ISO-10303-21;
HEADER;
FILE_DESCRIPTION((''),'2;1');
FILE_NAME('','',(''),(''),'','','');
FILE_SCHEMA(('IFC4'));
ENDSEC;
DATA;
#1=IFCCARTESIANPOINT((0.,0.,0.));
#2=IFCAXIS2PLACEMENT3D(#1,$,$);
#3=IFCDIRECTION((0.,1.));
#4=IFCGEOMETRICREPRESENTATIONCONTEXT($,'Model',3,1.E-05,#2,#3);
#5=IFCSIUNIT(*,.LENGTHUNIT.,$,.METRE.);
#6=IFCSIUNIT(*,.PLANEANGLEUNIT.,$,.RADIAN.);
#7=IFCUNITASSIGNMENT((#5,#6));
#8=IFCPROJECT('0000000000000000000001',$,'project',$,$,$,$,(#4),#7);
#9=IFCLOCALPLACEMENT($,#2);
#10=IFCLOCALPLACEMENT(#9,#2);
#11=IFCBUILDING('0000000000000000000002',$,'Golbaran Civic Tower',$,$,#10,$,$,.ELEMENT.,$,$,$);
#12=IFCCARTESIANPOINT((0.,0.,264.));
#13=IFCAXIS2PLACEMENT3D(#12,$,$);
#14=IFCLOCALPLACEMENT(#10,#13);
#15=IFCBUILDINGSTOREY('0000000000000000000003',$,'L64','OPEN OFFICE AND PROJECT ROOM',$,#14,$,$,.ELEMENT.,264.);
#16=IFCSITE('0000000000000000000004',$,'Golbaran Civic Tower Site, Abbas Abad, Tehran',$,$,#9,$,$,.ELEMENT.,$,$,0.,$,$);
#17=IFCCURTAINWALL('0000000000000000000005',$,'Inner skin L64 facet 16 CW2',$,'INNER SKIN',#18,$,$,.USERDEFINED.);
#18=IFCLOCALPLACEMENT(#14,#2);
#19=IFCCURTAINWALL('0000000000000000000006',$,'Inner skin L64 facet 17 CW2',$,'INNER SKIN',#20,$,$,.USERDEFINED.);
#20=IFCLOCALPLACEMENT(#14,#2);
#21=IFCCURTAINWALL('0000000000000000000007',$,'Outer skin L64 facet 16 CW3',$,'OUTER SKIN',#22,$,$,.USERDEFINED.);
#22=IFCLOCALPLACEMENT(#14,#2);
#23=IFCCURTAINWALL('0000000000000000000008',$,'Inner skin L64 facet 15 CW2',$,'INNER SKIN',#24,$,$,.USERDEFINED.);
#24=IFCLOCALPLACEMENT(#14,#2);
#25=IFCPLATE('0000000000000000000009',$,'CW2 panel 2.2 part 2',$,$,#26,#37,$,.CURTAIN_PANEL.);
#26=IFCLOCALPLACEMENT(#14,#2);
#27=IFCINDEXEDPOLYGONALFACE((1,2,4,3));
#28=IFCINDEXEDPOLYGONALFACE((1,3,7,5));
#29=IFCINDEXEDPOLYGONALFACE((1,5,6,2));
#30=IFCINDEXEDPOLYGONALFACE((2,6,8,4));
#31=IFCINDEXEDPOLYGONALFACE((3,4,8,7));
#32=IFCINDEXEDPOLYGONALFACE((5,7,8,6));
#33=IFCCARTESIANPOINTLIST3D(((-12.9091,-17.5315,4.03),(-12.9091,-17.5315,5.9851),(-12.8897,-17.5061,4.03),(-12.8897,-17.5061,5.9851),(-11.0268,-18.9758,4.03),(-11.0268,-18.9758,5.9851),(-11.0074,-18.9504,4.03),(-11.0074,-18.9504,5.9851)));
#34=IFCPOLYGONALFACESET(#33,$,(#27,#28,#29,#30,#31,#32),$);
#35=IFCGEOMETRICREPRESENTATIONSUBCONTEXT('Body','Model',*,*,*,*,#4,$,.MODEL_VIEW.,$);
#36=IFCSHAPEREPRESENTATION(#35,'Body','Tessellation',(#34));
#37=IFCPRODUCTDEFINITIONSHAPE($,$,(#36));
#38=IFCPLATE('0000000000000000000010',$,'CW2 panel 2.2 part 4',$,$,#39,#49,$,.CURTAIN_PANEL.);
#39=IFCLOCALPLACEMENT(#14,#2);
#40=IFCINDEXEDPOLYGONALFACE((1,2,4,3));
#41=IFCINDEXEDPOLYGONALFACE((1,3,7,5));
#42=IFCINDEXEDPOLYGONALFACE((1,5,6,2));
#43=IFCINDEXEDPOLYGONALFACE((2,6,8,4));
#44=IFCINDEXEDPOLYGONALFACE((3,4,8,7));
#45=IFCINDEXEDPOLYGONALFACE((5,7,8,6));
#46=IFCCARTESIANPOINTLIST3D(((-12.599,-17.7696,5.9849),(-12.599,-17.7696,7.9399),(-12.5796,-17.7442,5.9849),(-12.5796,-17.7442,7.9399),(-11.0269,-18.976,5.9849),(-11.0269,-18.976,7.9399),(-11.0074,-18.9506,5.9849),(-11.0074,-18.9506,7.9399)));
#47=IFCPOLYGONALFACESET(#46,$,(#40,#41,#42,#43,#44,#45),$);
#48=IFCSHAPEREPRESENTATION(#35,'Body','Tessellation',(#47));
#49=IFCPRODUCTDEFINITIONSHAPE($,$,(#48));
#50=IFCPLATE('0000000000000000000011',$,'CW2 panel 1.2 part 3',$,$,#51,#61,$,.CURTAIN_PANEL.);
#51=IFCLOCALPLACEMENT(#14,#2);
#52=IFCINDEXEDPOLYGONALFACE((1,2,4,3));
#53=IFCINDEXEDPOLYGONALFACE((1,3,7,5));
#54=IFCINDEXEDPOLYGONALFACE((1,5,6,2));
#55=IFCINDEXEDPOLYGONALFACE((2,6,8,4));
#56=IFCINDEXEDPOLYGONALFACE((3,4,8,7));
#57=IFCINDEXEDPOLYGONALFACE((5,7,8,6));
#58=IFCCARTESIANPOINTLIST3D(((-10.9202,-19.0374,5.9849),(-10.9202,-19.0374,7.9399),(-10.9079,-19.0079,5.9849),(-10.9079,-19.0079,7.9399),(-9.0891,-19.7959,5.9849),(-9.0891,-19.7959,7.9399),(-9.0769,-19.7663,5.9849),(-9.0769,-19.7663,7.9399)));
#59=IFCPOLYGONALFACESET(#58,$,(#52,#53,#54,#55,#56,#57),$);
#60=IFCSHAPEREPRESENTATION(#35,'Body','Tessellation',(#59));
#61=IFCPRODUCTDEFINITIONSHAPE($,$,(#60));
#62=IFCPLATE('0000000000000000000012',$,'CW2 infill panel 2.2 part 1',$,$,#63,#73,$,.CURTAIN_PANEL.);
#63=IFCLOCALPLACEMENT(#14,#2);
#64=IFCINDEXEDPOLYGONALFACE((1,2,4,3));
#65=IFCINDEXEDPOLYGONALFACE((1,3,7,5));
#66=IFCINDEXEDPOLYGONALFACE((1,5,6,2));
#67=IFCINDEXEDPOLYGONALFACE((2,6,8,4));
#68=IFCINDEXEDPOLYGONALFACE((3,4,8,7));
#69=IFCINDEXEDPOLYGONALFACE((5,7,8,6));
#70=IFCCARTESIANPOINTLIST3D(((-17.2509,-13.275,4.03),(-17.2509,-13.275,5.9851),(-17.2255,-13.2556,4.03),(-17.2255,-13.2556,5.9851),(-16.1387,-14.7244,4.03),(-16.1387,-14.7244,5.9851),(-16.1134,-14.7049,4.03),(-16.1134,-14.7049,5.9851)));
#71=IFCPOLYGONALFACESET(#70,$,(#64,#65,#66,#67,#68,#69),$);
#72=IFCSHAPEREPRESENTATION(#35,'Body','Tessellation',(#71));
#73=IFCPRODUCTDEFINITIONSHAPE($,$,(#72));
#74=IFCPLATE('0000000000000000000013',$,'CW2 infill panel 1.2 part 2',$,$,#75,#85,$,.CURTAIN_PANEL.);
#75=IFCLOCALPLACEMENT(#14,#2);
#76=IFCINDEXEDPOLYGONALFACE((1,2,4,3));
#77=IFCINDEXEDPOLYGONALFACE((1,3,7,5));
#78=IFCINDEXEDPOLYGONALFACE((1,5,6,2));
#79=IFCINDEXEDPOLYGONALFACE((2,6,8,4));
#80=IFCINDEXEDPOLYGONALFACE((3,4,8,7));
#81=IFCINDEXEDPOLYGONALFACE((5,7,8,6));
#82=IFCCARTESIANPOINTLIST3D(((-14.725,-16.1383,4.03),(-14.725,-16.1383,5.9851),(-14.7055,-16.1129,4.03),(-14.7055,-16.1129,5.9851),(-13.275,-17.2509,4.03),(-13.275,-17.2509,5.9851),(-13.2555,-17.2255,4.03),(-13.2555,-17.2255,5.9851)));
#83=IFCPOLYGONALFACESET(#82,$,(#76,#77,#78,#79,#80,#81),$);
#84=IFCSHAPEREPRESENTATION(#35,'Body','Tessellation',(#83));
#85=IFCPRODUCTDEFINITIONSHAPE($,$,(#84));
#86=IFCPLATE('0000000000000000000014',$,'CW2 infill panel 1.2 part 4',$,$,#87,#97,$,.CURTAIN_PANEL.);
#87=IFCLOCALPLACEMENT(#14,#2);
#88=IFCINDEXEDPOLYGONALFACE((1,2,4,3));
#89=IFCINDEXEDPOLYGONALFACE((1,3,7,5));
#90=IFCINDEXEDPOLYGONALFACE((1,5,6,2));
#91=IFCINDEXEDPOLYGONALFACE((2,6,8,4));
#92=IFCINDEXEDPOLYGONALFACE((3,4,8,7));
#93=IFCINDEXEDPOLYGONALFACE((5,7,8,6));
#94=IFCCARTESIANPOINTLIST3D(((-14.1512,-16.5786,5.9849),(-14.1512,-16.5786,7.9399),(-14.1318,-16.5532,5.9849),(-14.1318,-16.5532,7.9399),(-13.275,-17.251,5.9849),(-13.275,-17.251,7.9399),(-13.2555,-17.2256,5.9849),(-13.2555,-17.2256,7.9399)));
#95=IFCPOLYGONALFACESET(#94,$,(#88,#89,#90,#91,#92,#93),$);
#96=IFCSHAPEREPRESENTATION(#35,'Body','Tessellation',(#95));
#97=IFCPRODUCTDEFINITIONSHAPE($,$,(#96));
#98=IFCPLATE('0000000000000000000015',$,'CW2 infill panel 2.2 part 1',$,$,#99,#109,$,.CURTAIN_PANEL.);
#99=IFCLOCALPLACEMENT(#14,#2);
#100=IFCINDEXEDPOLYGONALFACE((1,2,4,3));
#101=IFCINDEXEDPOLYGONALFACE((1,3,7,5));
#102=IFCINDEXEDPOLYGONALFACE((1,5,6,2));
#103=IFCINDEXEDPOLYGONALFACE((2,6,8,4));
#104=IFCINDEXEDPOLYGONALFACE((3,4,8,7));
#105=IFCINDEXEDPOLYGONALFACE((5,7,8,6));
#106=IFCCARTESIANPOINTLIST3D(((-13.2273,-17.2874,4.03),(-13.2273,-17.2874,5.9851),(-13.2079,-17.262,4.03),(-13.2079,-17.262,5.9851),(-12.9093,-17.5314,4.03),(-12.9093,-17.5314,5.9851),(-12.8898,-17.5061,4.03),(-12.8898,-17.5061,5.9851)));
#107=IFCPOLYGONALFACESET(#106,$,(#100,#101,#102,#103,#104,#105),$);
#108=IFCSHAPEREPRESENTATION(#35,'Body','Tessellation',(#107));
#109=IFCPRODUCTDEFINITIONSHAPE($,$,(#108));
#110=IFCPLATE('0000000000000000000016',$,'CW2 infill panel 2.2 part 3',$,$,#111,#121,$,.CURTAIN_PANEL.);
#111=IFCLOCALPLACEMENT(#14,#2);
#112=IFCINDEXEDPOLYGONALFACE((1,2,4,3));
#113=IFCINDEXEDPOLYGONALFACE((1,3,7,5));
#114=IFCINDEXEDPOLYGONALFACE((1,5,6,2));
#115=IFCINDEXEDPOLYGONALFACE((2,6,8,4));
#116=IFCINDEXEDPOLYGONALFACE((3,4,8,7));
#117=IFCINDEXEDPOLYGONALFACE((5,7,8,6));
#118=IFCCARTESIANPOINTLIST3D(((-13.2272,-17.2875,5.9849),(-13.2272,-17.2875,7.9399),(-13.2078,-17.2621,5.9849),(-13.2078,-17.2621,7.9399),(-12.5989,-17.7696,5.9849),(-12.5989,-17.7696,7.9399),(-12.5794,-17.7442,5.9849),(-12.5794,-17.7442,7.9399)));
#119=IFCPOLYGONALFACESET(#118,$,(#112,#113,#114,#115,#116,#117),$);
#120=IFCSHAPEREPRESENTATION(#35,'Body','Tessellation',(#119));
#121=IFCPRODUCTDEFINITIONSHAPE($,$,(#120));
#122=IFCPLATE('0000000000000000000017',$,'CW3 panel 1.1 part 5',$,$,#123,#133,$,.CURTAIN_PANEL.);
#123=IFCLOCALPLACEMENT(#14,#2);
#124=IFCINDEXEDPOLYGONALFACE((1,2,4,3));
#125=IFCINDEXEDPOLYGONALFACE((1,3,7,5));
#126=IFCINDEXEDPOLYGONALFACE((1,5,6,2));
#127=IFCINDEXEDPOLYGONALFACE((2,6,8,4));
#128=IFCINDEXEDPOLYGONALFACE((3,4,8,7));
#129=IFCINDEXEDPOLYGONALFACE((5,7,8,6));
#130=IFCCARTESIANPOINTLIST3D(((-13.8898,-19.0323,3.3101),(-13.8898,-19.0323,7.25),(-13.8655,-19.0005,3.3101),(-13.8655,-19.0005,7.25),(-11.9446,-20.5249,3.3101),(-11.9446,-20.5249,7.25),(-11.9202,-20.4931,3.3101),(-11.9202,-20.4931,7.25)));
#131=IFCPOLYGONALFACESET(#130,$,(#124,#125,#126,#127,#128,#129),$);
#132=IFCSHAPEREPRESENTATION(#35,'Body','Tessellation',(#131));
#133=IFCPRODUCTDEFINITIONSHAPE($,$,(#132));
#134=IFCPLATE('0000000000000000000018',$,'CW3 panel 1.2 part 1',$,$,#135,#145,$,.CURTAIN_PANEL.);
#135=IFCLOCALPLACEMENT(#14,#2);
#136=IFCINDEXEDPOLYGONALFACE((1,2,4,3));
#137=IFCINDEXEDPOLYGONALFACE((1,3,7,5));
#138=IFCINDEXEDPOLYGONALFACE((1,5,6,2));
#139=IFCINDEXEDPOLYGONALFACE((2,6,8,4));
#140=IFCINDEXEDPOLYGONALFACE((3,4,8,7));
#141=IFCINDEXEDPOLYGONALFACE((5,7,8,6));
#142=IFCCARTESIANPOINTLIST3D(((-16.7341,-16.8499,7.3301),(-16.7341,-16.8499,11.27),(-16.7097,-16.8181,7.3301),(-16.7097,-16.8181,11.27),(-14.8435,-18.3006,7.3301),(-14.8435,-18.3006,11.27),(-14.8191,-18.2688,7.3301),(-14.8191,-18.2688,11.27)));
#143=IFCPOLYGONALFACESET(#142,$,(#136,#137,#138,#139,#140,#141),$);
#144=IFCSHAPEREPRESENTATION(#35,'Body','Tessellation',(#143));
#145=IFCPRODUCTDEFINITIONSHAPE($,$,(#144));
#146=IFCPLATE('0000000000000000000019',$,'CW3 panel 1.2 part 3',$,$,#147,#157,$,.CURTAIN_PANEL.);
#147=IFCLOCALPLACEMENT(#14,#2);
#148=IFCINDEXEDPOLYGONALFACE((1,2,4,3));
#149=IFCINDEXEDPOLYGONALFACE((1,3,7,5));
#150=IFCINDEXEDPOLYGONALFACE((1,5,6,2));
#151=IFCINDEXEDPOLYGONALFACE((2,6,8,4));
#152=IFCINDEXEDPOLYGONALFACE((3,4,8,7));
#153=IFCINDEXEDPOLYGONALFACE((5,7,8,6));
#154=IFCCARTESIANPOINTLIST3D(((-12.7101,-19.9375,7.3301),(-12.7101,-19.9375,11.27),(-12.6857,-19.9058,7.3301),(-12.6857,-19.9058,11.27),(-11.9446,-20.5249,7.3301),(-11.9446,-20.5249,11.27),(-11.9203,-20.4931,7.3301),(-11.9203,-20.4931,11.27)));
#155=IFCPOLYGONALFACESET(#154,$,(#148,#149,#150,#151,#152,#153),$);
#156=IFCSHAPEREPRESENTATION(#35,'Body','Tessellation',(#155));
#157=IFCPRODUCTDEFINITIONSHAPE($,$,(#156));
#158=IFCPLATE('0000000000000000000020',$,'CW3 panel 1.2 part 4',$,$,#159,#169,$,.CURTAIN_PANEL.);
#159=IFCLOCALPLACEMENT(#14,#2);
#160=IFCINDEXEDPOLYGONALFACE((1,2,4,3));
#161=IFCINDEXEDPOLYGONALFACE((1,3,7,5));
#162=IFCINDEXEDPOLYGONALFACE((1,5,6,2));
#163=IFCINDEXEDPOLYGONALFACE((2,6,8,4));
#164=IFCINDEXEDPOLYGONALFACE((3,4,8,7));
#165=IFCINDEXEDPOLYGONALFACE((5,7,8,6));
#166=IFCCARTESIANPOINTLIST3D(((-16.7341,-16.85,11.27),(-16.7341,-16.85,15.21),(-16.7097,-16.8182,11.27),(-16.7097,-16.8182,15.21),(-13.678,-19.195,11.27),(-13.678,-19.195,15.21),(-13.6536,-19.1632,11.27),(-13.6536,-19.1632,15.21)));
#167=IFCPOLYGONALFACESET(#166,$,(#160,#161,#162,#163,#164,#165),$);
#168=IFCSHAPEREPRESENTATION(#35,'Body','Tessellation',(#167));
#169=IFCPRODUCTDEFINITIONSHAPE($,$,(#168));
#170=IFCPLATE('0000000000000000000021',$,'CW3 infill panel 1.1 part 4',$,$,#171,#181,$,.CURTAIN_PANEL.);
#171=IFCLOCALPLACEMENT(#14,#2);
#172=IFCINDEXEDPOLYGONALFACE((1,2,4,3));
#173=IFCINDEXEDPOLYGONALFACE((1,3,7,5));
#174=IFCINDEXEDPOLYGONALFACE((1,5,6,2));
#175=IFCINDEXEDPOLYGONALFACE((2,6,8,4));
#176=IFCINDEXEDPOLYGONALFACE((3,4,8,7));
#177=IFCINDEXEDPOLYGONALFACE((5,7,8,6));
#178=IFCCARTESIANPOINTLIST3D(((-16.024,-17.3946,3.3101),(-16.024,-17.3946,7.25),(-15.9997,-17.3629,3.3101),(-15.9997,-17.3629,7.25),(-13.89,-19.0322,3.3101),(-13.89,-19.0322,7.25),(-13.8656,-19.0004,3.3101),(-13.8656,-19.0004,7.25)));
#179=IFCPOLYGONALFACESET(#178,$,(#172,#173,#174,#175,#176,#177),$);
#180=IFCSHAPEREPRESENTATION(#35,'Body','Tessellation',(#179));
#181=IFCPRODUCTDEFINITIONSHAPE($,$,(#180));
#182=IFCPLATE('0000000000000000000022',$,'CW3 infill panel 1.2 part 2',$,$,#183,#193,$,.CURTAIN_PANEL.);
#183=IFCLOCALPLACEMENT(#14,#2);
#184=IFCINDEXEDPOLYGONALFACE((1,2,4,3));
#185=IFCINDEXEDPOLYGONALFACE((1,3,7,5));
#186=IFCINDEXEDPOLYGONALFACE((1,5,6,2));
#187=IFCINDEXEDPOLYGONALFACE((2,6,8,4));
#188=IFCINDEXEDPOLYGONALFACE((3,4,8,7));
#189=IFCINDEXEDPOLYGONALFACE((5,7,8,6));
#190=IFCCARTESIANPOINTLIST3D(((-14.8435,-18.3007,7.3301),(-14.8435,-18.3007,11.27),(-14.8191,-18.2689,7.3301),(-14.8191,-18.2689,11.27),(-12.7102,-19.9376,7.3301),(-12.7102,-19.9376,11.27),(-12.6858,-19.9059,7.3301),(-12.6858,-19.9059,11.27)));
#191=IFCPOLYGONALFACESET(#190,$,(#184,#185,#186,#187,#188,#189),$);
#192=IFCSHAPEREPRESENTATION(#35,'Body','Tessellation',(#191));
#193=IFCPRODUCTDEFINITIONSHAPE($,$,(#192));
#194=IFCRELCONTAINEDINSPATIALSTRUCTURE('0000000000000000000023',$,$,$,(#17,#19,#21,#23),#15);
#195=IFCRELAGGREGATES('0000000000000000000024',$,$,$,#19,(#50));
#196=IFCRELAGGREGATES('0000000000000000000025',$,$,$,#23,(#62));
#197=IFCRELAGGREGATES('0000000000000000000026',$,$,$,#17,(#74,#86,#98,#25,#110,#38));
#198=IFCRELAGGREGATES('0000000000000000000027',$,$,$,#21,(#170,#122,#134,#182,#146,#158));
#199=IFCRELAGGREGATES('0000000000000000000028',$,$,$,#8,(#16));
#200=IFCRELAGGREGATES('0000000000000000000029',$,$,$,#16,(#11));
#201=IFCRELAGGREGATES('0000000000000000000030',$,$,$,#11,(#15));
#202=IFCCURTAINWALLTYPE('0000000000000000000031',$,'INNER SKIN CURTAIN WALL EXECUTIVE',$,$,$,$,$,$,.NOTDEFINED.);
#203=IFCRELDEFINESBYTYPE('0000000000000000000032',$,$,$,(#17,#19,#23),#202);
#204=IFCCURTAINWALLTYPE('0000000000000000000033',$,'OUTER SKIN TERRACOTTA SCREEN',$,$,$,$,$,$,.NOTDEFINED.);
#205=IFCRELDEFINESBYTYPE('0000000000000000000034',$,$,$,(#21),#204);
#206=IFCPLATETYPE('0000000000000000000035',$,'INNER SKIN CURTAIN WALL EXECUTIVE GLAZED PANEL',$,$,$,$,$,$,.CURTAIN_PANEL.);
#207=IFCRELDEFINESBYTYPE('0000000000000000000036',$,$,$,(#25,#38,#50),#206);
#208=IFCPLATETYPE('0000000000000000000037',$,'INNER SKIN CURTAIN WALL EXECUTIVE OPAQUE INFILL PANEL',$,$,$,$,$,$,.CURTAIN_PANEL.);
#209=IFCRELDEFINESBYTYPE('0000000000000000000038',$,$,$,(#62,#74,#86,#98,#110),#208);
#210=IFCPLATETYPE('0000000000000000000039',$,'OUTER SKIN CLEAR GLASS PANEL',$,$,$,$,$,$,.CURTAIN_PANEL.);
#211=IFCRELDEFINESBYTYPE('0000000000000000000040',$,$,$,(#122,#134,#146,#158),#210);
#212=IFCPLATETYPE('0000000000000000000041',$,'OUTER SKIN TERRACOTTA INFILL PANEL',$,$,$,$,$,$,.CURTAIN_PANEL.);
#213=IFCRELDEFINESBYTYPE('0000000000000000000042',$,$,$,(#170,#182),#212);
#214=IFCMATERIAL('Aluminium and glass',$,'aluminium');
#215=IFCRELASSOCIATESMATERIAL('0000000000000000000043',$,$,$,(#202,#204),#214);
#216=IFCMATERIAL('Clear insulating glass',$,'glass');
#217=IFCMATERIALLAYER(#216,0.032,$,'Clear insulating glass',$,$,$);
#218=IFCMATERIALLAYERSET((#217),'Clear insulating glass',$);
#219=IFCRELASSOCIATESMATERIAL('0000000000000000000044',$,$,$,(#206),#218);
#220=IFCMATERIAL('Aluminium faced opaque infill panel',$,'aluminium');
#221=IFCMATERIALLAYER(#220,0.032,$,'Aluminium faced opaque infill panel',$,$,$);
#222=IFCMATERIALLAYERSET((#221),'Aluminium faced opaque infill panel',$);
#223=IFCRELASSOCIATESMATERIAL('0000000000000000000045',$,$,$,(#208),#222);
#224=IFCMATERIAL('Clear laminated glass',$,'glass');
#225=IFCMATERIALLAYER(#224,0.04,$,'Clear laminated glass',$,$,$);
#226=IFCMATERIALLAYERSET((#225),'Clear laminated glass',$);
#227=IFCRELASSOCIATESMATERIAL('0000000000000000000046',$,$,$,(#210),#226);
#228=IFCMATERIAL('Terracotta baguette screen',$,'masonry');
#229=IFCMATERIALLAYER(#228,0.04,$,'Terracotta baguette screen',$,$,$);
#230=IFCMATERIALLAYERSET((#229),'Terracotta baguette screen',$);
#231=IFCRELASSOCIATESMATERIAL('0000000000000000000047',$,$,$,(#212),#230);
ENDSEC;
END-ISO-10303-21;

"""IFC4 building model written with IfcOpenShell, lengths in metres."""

from ifc_helpers import new_model, si_unit, direction, frame, origin, origin_2d, place, context, subcontext, project, spatial, rectangle, extrude, material, layer, layer_set, type_object, element, aggregate, save


model = new_model("IFC4")

# Units and contexts
model_context = context("Model", 3, precision=1e-05, world=origin(), true_north=direction((0.0, 1.0)))
body_context = subcontext(model_context, "Body", "Model", "MODEL_VIEW")
ifc_project = project(units=[si_unit("LENGTHUNIT", "METRE"), si_unit("PLANEANGLEUNIT", "RADIAN")], contexts=[model_context])

# Site, building, storey
site_placement = place(None, origin())
site = spatial("IfcSite", under=ifc_project, at=site_placement, Name="Golbaran Civic Tower Site, Abbas Abad, Tehran", CompositionType="ELEMENT", RefElevation=0.0)
building_placement = place(site_placement, origin())
building = spatial("IfcBuilding", under=site, at=building_placement, Name="Golbaran Civic Tower", CompositionType="ELEMENT")
storey_placement = place(building_placement, frame((0.0, 0.0, 264.0)))
storey = spatial("IfcBuildingStorey", under=building, at=storey_placement, Name="L64", Description="OPEN OFFICE AND PROJECT ROOM", CompositionType="ELEMENT", Elevation=264.0)

# Curtain walls
ifc_material_1 = material(Name="Aluminium and glass", Category="aluminium")
curtain_wall_type_1 = type_object("IfcCurtainWallType", Name="INNER SKIN CURTAIN WALL EXECUTIVE", PredefinedType="NOTDEFINED", material=ifc_material_1)
curtain_wall_1_placement = place(storey_placement, origin())
curtain_wall_1 = element("IfcCurtainWall", 1, at=curtain_wall_1_placement, inside=storey, type_object=curtain_wall_type_1, Name="Inner skin L64 facet 16 CW2", ObjectType="INNER SKIN", PredefinedType="USERDEFINED")
curtain_wall_2_placement = place(storey_placement, origin())
curtain_wall_2 = element("IfcCurtainWall", 2, at=curtain_wall_2_placement, inside=storey, type_object=curtain_wall_type_1, Name="Inner skin L64 facet 17 CW2", ObjectType="INNER SKIN", PredefinedType="USERDEFINED")
curtain_wall_type_2 = type_object("IfcCurtainWallType", Name="OUTER SKIN TERRACOTTA SCREEN", PredefinedType="NOTDEFINED", material=ifc_material_1)
curtain_wall_3_placement = place(storey_placement, origin())
curtain_wall_3 = element("IfcCurtainWall", 3, at=curtain_wall_3_placement, inside=storey, type_object=curtain_wall_type_2, Name="Outer skin L64 facet 16 CW3", ObjectType="OUTER SKIN", PredefinedType="USERDEFINED")

# Curtain wall
curtain_wall_4_placement = place(storey_placement, origin())
curtain_wall_4 = element("IfcCurtainWall", 4, at=curtain_wall_4_placement, inside=storey, type_object=curtain_wall_type_1, Name="Inner skin L64 facet 15 CW2", ObjectType="INNER SKIN", PredefinedType="USERDEFINED")
ifc_material_2 = material(Name="Clear insulating glass", Category="glass")
ifc_layer_1 = layer(ifc_material_2, 0.032, Name="Clear insulating glass")
ifc_layer_set_1 = layer_set([ifc_layer_1], Name="Clear insulating glass")
plate_type_1 = type_object("IfcPlateType", Name="INNER SKIN CURTAIN WALL EXECUTIVE GLAZED PANEL", PredefinedType="CURTAIN_PANEL", material=ifc_layer_set_1)

# Plates
plate_1_placement = place(storey_placement, frame((-11.9583, -18.241, 4.03), z_axis=(0.0, 0.0, 1.0), x_axis=(0.793353, -0.608761, 0.0)))
plate_1 = element("IfcPlate", 5, at=plate_1_placement, type_object=plate_type_1, Name="CW2 panel 2.2 part 2", PredefinedType="CURTAIN_PANEL", context=body_context, shape_type="SweptSolid", body=[
    extrude(rectangle(XDim=2.3726, YDim=0.032, at=origin_2d()), origin(), (0.0, 0.0, 1.0), 1.9551),
])
plate_2_placement = place(storey_placement, frame((-11.8032, -18.3601, 5.9849), z_axis=(0.0, 0.0, 1.0), x_axis=(0.793353, -0.608761, 0.0)))
plate_2 = element("IfcPlate", 6, at=plate_2_placement, type_object=plate_type_1, Name="CW2 panel 2.2 part 4", PredefinedType="CURTAIN_PANEL", context=body_context, shape_type="SweptSolid", body=[
    extrude(rectangle(XDim=1.9817, YDim=0.032, at=origin_2d()), origin(), (0.0, 0.0, 1.0), 1.9551),
])
plate_3_placement = place(storey_placement, frame((-9.9985, -19.4019, 5.9849), z_axis=(0.0, 0.0, 1.0), x_axis=(0.92388, -0.382683, 0.0)))
plate_3 = element("IfcPlate", 7, at=plate_3_placement, type_object=plate_type_1, Name="CW2 panel 1.2 part 3", PredefinedType="CURTAIN_PANEL", context=body_context, shape_type="SweptSolid", body=[
    extrude(rectangle(XDim=1.9819, YDim=0.032, at=origin_2d()), origin(), (0.0, 0.0, 1.0), 1.9551),
])
aggregate(curtain_wall_2, [plate_3])
ifc_material_3 = material(Name="Aluminium faced opaque infill panel", Category="aluminium")
ifc_layer_2 = layer(ifc_material_3, 0.032, Name="Aluminium faced opaque infill panel")
ifc_layer_set_2 = layer_set([ifc_layer_2], Name="Aluminium faced opaque infill panel")
plate_type_2 = type_object("IfcPlateType", Name="INNER SKIN CURTAIN WALL EXECUTIVE OPAQUE INFILL PANEL", PredefinedType="CURTAIN_PANEL", material=ifc_layer_set_2)
plate_4_placement = place(storey_placement, frame((-16.6821, -13.99, 4.03), z_axis=(0.0, 0.0, 1.0), x_axis=(0.608761, -0.793353, 0.0)))
plate_4 = element("IfcPlate", 8, at=plate_4_placement, type_object=plate_type_2, Name="CW2 infill panel 2.2 part 1", PredefinedType="CURTAIN_PANEL", context=body_context, shape_type="SweptSolid", body=[
    extrude(rectangle(XDim=1.8269, YDim=0.032, at=origin_2d()), origin(), (0.0, 0.0, 1.0), 1.9551),
])
aggregate(curtain_wall_4, [plate_4])
plate_5_placement = place(storey_placement, frame((-13.9902, -16.6819, 4.03), z_axis=(0.0, 0.0, 1.0), x_axis=(0.793353, -0.608761, 0.0)))
plate_5 = element("IfcPlate", 9, at=plate_5_placement, type_object=plate_type_2, Name="CW2 infill panel 1.2 part 2", PredefinedType="CURTAIN_PANEL", context=body_context, shape_type="SweptSolid", body=[
    extrude(rectangle(XDim=1.8276, YDim=0.032, at=origin_2d()), origin(), (0.0, 0.0, 1.0), 1.9551),
])
plate_6_placement = place(storey_placement, frame((-13.7034, -16.9021, 5.9849), z_axis=(0.0, 0.0, 1.0), x_axis=(0.793353, -0.608761, 0.0)))
plate_6 = element("IfcPlate", 10, at=plate_6_placement, type_object=plate_type_2, Name="CW2 infill panel 1.2 part 4", PredefinedType="CURTAIN_PANEL", context=body_context, shape_type="SweptSolid", body=[
    extrude(rectangle(XDim=1.1045, YDim=0.032, at=origin_2d()), origin(), (0.0, 0.0, 1.0), 1.9551),
])
plate_7_placement = place(storey_placement, frame((-13.0586, -17.3967, 4.03), z_axis=(0.0, 0.0, 1.0), x_axis=(0.793353, -0.608761, 0.0)))
plate_7 = element("IfcPlate", 11, at=plate_7_placement, type_object=plate_type_2, Name="CW2 infill panel 2.2 part 1", PredefinedType="CURTAIN_PANEL", context=body_context, shape_type="SweptSolid", body=[
    extrude(rectangle(XDim=0.4009, YDim=0.032, at=origin_2d()), origin(), (0.0, 0.0, 1.0), 1.9551),
])
plate_8_placement = place(storey_placement, frame((-12.9033, -17.5159, 5.9849), z_axis=(0.0, 0.0, 1.0), x_axis=(0.793353, -0.608761, 0.0)))
plate_8 = element("IfcPlate", 12, at=plate_8_placement, type_object=plate_type_2, Name="CW2 infill panel 2.2 part 3", PredefinedType="CURTAIN_PANEL", context=body_context, shape_type="SweptSolid", body=[
    extrude(rectangle(XDim=0.792, YDim=0.032, at=origin_2d()), origin(), (0.0, 0.0, 1.0), 1.9551),
])
aggregate(curtain_wall_1, [plate_5, plate_6, plate_7, plate_1, plate_8, plate_2])
ifc_material_4 = material(Name="Clear laminated glass", Category="glass")
ifc_layer_3 = layer(ifc_material_4, 0.04, Name="Clear laminated glass")
ifc_layer_set_3 = layer_set([ifc_layer_3], Name="Clear laminated glass")
plate_type_3 = type_object("IfcPlateType", Name="OUTER SKIN CLEAR GLASS PANEL", PredefinedType="CURTAIN_PANEL", material=ifc_layer_set_3)
plate_9_placement = place(storey_placement, frame((-12.905, -19.7627, 3.3101), z_axis=(0.0, 0.0, 1.0), x_axis=(0.793353, -0.608761, 0.0)))
plate_9 = element("IfcPlate", 13, at=plate_9_placement, type_object=plate_type_3, Name="CW3 panel 1.1 part 5", PredefinedType="CURTAIN_PANEL", context=body_context, shape_type="SweptSolid", body=[
    extrude(rectangle(XDim=2.4519, YDim=0.04, at=origin_2d()), origin(), (0.0, 0.0, 1.0), 3.9399),
])
plate_10_placement = place(storey_placement, frame((-15.7766, -17.5593, 7.3301), z_axis=(0.0, 0.0, 1.0), x_axis=(0.793353, -0.608761, 0.0)))
plate_10 = element("IfcPlate", 14, at=plate_10_placement, type_object=plate_type_3, Name="CW3 panel 1.2 part 1", PredefinedType="CURTAIN_PANEL", context=body_context, shape_type="SweptSolid", body=[
    extrude(rectangle(XDim=2.3831, YDim=0.04, at=origin_2d()), origin(), (0.0, 0.0, 1.0), 3.9399),
])
plate_11_placement = place(storey_placement, frame((-12.3152, -20.2153, 7.3301), z_axis=(0.0, 0.0, 1.0), x_axis=(0.793353, -0.608761, 0.0)))
plate_11 = element("IfcPlate", 15, at=plate_11_placement, type_object=plate_type_3, Name="CW3 panel 1.2 part 3", PredefinedType="CURTAIN_PANEL", context=body_context, shape_type="SweptSolid", body=[
    extrude(rectangle(XDim=0.9648, YDim=0.04, at=origin_2d()), origin(), (0.0, 0.0, 1.0), 3.9399),
])
plate_12_placement = place(storey_placement, frame((-15.1938, -18.0066, 11.27), z_axis=(0.0, 0.0, 1.0), x_axis=(0.793353, -0.608761, 0.0)))
plate_12 = element("IfcPlate", 16, at=plate_12_placement, type_object=plate_type_3, Name="CW3 panel 1.2 part 4", PredefinedType="CURTAIN_PANEL", context=body_context, shape_type="SweptSolid", body=[
    extrude(rectangle(XDim=3.8521, YDim=0.04, at=origin_2d()), origin(), (0.0, 0.0, 1.0), 3.9399),
])
ifc_material_5 = material(Name="Terracotta baguette screen", Category="masonry")
ifc_layer_4 = layer(ifc_material_5, 0.04, Name="Terracotta baguette screen")
ifc_layer_set_4 = layer_set([ifc_layer_4], Name="Terracotta baguette screen")
plate_type_4 = type_object("IfcPlateType", Name="OUTER SKIN TERRACOTTA INFILL PANEL", PredefinedType="CURTAIN_PANEL", material=ifc_layer_set_4)
plate_13_placement = place(storey_placement, frame((-14.9448, -18.1975, 3.3101), z_axis=(0.0, 0.0, 1.0), x_axis=(0.793353, -0.608761, 0.0)))
plate_13 = element("IfcPlate", 17, at=plate_13_placement, type_object=plate_type_4, Name="CW3 infill panel 1.1 part 4", PredefinedType="CURTAIN_PANEL", context=body_context, shape_type="SweptSolid", body=[
    extrude(rectangle(XDim=2.6899, YDim=0.04, at=origin_2d()), origin(), (0.0, 0.0, 1.0), 3.9399),
])
plate_14_placement = place(storey_placement, frame((-13.7646, -19.1033, 7.3301), z_axis=(0.0, 0.0, 1.0), x_axis=(0.793353, -0.608761, 0.0)))
plate_14 = element("IfcPlate", 18, at=plate_14_placement, type_object=plate_type_4, Name="CW3 infill panel 1.2 part 2", PredefinedType="CURTAIN_PANEL", context=body_context, shape_type="SweptSolid", body=[
    extrude(rectangle(XDim=2.689, YDim=0.04, at=origin_2d()), origin(), (0.0, 0.0, 1.0), 3.9399),
])
aggregate(curtain_wall_3, [plate_13, plate_9, plate_10, plate_14, plate_11, plate_12])

save(model, "model.ifc")
